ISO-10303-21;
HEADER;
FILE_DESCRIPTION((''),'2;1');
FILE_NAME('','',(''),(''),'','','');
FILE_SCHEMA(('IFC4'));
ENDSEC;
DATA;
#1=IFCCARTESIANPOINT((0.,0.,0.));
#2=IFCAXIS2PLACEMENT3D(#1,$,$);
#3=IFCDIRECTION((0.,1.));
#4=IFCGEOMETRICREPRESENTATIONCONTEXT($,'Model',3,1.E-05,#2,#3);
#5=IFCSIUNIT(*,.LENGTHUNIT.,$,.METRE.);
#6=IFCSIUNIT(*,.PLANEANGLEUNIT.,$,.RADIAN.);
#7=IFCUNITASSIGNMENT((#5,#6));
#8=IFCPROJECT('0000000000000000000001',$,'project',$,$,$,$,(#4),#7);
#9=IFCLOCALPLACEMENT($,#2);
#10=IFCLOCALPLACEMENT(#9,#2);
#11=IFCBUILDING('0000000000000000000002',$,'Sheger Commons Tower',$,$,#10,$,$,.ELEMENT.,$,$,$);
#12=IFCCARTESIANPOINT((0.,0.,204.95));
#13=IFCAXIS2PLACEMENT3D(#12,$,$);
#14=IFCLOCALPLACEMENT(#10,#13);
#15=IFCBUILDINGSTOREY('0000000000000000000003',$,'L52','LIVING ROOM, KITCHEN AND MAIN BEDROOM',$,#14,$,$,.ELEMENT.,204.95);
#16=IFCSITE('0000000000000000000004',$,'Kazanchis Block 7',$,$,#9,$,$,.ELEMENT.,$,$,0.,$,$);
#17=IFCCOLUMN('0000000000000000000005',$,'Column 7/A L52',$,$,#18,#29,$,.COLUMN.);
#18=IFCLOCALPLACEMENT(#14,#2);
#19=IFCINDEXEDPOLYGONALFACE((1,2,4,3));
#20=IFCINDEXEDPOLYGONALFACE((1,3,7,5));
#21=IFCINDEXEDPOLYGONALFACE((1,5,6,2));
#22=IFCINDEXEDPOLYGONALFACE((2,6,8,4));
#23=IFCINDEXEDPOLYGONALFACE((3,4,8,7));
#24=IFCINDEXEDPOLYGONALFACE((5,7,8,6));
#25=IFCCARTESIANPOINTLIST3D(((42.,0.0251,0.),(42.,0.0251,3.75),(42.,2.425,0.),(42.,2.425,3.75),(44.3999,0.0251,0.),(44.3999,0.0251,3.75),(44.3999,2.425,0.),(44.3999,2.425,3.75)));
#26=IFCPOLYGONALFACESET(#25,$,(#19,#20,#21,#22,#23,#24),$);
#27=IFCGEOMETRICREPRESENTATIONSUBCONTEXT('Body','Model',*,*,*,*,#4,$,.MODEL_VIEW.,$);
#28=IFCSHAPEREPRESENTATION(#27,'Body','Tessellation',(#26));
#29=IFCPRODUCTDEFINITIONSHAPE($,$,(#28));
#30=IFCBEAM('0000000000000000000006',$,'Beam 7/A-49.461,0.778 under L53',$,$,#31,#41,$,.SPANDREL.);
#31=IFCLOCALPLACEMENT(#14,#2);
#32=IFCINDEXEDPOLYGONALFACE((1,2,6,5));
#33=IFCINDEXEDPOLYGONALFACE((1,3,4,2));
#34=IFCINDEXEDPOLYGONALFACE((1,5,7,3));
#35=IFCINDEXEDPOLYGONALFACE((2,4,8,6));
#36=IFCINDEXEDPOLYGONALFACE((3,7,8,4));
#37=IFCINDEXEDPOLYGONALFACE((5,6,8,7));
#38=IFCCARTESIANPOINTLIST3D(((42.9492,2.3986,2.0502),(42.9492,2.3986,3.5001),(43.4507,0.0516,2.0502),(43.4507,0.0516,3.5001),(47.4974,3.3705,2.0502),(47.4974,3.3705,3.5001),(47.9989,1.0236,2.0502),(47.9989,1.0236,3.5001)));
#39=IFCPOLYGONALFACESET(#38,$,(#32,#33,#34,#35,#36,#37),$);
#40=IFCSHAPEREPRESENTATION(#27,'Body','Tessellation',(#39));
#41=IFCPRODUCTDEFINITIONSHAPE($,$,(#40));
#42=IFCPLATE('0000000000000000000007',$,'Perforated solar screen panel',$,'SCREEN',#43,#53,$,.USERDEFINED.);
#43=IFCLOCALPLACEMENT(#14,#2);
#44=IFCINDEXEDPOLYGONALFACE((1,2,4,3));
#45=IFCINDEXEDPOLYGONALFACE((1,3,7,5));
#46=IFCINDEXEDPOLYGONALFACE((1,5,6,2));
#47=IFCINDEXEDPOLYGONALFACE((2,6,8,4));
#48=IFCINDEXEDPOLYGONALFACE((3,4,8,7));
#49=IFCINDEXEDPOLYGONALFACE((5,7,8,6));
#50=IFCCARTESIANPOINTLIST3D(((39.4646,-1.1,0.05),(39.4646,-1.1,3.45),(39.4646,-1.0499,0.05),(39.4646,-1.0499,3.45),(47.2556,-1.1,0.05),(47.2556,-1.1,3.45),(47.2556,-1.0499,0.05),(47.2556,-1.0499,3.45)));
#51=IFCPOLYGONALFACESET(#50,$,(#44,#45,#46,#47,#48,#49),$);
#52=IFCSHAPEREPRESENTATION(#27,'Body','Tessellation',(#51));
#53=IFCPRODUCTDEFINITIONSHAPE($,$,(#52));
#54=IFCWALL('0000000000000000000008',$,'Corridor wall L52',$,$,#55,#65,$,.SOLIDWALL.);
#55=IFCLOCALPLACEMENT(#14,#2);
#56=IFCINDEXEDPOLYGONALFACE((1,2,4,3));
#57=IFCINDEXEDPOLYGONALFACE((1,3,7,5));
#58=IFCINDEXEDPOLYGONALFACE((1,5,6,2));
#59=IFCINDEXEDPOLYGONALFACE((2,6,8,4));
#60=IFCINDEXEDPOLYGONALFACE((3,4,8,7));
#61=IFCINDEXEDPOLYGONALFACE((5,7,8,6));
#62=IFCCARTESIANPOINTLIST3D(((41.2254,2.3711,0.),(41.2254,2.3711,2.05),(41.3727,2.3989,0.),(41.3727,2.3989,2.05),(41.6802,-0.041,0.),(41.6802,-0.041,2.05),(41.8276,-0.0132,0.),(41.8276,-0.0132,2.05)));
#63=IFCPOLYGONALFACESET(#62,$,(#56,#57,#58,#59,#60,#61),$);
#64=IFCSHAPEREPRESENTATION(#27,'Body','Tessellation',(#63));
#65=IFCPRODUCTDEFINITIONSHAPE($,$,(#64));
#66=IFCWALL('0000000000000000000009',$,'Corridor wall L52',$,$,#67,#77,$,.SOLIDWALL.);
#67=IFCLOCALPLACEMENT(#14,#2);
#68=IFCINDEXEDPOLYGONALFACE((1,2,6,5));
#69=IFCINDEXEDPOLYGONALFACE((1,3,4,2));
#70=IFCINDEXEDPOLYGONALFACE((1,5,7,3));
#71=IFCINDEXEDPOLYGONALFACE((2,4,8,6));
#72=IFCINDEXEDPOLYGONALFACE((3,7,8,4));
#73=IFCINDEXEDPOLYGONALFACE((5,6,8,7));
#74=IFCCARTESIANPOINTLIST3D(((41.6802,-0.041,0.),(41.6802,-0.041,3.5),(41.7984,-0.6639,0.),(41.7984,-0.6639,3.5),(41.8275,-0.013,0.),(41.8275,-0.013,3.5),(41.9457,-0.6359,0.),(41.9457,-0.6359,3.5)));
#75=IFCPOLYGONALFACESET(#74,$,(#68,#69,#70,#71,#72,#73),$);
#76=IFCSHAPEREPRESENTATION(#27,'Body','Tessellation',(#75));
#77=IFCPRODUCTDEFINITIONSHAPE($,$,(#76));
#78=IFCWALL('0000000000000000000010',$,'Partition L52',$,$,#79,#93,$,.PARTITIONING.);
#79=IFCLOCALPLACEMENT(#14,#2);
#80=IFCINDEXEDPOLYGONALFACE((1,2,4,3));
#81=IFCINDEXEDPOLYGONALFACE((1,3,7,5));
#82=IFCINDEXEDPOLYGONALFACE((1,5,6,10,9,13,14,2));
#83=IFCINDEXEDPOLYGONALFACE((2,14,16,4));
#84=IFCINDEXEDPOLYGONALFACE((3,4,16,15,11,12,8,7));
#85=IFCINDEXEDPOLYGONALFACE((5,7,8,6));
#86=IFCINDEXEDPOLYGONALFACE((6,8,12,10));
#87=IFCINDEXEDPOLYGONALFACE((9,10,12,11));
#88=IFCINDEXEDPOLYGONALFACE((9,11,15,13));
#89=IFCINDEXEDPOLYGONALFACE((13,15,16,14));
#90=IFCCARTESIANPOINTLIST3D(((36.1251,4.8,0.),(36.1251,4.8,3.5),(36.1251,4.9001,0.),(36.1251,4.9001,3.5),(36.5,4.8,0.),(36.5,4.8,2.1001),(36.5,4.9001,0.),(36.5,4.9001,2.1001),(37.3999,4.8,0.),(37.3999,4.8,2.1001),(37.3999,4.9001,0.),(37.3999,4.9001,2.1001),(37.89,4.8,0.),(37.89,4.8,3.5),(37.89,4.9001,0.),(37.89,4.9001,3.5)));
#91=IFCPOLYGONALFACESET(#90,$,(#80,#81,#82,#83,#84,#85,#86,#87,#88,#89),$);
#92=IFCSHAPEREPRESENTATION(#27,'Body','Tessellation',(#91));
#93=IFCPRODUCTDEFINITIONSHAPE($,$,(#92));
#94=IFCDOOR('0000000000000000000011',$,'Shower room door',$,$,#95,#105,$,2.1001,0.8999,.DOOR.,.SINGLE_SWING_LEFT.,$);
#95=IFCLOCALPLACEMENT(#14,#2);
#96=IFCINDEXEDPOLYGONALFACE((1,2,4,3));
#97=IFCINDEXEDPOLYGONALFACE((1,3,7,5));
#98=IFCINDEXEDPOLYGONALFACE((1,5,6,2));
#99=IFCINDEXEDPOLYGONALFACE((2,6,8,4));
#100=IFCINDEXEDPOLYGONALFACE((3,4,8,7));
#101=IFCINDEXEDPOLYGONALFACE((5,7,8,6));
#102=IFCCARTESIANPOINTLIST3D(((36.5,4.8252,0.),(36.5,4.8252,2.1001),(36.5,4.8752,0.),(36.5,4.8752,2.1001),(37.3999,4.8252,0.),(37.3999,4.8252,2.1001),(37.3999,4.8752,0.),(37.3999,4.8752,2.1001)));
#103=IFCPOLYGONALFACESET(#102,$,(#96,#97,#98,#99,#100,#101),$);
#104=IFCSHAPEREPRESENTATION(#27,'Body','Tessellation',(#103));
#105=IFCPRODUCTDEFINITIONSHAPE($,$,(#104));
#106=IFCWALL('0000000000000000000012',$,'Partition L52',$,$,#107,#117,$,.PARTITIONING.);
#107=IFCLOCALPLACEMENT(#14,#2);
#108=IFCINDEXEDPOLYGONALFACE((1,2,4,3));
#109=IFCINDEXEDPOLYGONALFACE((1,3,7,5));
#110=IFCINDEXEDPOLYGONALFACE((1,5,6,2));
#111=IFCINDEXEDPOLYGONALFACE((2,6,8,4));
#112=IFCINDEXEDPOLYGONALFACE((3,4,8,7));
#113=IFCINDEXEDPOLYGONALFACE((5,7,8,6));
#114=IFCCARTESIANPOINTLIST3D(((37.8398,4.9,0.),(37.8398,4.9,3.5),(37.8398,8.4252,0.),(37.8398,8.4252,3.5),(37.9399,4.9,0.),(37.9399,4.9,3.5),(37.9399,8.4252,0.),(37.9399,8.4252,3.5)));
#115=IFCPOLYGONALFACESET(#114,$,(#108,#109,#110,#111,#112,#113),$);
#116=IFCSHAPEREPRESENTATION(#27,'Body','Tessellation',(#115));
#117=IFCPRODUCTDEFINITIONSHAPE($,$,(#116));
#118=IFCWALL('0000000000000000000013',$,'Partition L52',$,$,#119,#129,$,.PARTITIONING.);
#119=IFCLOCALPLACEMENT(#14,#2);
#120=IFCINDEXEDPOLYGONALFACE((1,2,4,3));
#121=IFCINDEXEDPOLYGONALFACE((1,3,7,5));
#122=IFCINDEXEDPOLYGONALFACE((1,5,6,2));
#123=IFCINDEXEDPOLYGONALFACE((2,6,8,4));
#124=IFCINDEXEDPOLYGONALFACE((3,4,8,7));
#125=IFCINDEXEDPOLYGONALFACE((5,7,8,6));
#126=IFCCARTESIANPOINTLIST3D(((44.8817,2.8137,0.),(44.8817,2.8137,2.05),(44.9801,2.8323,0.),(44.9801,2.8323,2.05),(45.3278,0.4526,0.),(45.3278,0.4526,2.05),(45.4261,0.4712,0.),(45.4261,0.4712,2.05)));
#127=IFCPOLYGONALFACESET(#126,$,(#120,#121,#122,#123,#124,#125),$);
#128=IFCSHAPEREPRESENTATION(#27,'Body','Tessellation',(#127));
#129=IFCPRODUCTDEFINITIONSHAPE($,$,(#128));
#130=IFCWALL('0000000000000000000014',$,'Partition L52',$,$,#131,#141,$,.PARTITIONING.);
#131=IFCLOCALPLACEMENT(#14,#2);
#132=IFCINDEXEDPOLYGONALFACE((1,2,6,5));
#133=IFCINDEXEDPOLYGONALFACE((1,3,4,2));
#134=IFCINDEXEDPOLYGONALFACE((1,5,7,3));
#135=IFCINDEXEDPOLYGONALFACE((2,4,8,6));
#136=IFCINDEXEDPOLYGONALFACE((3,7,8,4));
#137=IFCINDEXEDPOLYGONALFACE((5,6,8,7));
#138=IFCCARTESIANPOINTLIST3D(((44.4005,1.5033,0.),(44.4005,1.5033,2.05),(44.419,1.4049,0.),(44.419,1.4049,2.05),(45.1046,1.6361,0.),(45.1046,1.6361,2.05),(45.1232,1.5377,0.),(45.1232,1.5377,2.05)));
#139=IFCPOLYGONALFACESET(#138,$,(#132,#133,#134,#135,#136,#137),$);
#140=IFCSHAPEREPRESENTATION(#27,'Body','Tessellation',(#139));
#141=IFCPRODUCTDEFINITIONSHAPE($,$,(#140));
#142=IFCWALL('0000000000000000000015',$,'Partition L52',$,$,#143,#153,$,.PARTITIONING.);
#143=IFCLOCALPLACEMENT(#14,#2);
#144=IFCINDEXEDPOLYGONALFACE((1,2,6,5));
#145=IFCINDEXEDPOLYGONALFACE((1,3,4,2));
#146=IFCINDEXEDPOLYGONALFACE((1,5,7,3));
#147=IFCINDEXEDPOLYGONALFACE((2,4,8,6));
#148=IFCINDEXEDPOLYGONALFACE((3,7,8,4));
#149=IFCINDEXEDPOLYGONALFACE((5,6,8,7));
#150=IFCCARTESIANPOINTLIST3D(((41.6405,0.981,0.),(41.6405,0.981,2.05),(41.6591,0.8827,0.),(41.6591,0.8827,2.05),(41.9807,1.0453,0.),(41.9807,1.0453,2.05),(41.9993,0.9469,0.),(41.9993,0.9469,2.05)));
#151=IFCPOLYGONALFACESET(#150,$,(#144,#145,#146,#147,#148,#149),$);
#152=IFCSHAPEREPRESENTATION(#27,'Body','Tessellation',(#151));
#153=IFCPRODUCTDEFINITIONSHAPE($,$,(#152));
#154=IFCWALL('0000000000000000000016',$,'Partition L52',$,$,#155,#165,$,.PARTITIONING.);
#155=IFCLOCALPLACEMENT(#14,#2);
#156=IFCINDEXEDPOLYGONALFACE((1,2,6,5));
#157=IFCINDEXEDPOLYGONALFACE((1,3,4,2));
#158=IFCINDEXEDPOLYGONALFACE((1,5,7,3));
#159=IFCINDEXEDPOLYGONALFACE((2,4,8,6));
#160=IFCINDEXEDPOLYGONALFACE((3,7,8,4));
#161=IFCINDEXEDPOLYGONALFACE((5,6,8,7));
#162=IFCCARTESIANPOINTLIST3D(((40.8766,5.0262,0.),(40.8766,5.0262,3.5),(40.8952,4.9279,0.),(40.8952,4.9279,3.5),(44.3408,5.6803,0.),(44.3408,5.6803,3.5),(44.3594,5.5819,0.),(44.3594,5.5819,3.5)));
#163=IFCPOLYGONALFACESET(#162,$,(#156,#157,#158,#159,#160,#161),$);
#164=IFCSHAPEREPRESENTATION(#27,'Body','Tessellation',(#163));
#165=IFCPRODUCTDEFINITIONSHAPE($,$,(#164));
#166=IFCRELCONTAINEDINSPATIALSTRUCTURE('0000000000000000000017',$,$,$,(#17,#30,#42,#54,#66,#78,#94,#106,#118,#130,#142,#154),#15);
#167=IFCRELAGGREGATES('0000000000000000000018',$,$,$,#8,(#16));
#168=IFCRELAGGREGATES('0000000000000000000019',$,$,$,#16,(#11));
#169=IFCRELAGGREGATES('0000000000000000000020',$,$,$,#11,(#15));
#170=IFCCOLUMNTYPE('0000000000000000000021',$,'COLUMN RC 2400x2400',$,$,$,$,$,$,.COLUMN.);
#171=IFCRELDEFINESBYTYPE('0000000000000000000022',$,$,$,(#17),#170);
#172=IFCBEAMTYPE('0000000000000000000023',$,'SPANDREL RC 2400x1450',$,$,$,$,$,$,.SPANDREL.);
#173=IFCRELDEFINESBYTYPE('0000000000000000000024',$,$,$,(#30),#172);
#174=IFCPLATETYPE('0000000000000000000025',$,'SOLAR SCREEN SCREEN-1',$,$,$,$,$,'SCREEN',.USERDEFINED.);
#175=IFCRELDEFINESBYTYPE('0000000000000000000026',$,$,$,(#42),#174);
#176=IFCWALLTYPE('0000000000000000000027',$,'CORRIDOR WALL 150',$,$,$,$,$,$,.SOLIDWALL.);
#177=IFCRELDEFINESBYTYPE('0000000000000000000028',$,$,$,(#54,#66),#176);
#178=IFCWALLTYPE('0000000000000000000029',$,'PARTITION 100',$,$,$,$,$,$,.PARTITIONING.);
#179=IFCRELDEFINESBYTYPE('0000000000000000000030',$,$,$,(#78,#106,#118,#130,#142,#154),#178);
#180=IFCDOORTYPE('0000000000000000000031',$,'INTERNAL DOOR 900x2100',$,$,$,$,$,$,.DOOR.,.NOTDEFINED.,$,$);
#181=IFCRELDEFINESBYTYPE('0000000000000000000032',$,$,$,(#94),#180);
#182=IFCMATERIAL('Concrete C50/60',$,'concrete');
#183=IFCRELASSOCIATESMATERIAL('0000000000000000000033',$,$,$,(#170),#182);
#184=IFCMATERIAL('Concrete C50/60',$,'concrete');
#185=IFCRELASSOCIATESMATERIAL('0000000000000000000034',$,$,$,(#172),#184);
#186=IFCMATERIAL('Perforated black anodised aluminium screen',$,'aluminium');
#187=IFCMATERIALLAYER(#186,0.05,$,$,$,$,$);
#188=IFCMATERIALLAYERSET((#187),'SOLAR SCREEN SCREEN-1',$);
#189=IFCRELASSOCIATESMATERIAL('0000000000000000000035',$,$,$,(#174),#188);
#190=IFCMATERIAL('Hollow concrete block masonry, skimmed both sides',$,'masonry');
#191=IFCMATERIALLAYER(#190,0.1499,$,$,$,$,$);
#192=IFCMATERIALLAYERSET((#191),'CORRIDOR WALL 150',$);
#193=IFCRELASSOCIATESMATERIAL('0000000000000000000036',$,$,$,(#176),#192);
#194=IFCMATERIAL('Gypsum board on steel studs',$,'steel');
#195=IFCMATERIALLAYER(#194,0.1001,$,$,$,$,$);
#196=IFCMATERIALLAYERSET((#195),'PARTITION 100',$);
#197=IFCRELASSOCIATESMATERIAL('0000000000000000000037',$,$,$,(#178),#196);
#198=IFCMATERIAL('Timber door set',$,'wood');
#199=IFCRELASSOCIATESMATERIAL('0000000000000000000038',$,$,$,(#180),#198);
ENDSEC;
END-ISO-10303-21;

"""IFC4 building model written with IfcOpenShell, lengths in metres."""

from ifc_helpers import new_model, si_unit, direction, frame, frame_2d, origin, origin_2d, place, context, subcontext, project, spatial, rectangle, extrude, material, layer, layer_set, material_profile, profile_set, type_object, element, fill, save


model = new_model("IFC4")

# Units and contexts
model_context = context("Model", 3, precision=1e-05, world=origin(), true_north=direction((0.0, 1.0)))
body_context = subcontext(model_context, "Body", "Model", "MODEL_VIEW")
ifc_project = project(units=[si_unit("LENGTHUNIT", "METRE"), si_unit("PLANEANGLEUNIT", "RADIAN")], contexts=[model_context])

# Site, building, storey
site_placement = place(None, origin())
site = spatial("IfcSite", under=ifc_project, at=site_placement, Name="Kazanchis Block 7", CompositionType="ELEMENT", RefElevation=0.0)
building_placement = place(site_placement, origin())
building = spatial("IfcBuilding", under=site, at=building_placement, Name="Sheger Commons Tower", CompositionType="ELEMENT")
storey_placement = place(building_placement, frame((0.0, 0.0, 204.95)))
storey = spatial("IfcBuildingStorey", under=building, at=storey_placement, Name="L52", Description="LIVING ROOM, KITCHEN AND MAIN BEDROOM", CompositionType="ELEMENT", Elevation=204.95)

# Column
ifc_material_1 = material(Name="Concrete C50/60", Category="concrete")
ifc_material_profile_1 = material_profile(ifc_material_1, rectangle(XDim=2.3999, YDim=2.3999, at=origin_2d()), Name="RC 2400x2400")
ifc_profile_set_1 = profile_set([ifc_material_profile_1], Name="Concrete C50/60")
column_type = type_object("IfcColumnType", Name="COLUMN RC 2400x2400", PredefinedType="COLUMN", material=ifc_profile_set_1)
column_placement = place(storey_placement, frame((43.2, 1.2251, 0.0), z_axis=(0.0, 0.0, 1.0), x_axis=(1.0, 0.0, 0.0)))
element("IfcColumn", 1, at=column_placement, inside=storey, type_object=column_type, Name="Column 7/A L52", PredefinedType="COLUMN", context=body_context, shape_type="SweptSolid", body=[
    extrude(rectangle(XDim=2.3999, YDim=2.3999, at=origin_2d()), origin(), (0.0, 0.0, 1.0), 3.75),
])

# Beam
ifc_material_2 = material(Name="Concrete C50/60", Category="concrete")
ifc_material_profile_2 = material_profile(ifc_material_2, rectangle(XDim=2.3999, YDim=1.45, at=origin_2d()), Name="RC 2400x1450")
ifc_profile_set_2 = profile_set([ifc_material_profile_2], Name="Concrete C50/60")
beam_type = type_object("IfcBeamType", Name="SPANDREL RC 2400x1450", PredefinedType="SPANDREL", material=ifc_profile_set_2)
beam_placement = place(storey_placement, frame((43.2, 1.2251, 2.7751), z_axis=(0.97792, 0.208981, 0.0), x_axis=(-0.208981, 0.97792, 0.0)))
element("IfcBeam", 2, at=beam_placement, inside=storey, type_object=beam_type, Name="Beam 7/A-49.461,0.778 under L53", PredefinedType="SPANDREL", context=body_context, shape_type="SweptSolid", body=[
    extrude(rectangle(XDim=2.3999, YDim=1.45, at=origin_2d()), origin(), (0.0, 0.0, 1.0), 4.6509),
])

# Plate
ifc_material_3 = material(Name="Perforated black anodised aluminium screen", Category="aluminium")
ifc_layer_1 = layer(ifc_material_3, 0.05)
ifc_layer_set_1 = layer_set([ifc_layer_1], Name="SOLAR SCREEN SCREEN-1")
plate_type = type_object("IfcPlateType", Name="SOLAR SCREEN SCREEN-1", ElementType="SCREEN", PredefinedType="USERDEFINED", material=ifc_layer_set_1)
plate_placement = place(storey_placement, frame((43.3601, -1.075, 0.05), z_axis=(0.0, 0.0, 1.0), x_axis=(1.0, 0.0, 0.0)))
element("IfcPlate", 3, at=plate_placement, inside=storey, type_object=plate_type, Name="Perforated solar screen panel", ObjectType="SCREEN", PredefinedType="USERDEFINED", context=body_context, shape_type="SweptSolid", body=[
    extrude(rectangle(XDim=7.791, YDim=0.05, at=origin_2d()), origin(), (0.0, 0.0, 1.0), 3.3999),
])

# Walls
ifc_material_4 = material(Name="Hollow concrete block masonry, skimmed both sides", Category="masonry")
ifc_layer_2 = layer(ifc_material_4, 0.1499)
ifc_layer_set_2 = layer_set([ifc_layer_2], Name="CORRIDOR WALL 150")
wall_type_1 = type_object("IfcWallType", Name="CORRIDOR WALL 150", PredefinedType="SOLIDWALL", material=ifc_layer_set_2)
wall_1_placement = place(storey_placement, frame((41.2991, 2.385, 0.0), z_axis=(0.0, 0.0, 1.0), x_axis=(0.185297, -0.982683, 0.0)))
element("IfcWall", 4, at=wall_1_placement, inside=storey, type_object=wall_type_1, Name="Corridor wall L52", PredefinedType="SOLIDWALL", context=body_context, shape_type="SweptSolid", body=[
    extrude(rectangle(XDim=2.4546, YDim=0.1499, at=frame_2d((1.2273, 0.0))), origin(), (0.0, 0.0, 1.0), 2.05),
])
wall_2_placement = place(storey_placement, frame((41.7539, -0.0271, 0.0), z_axis=(0.0, 0.0, 1.0), x_axis=(0.186404, -0.982473, 0.0)))
element("IfcWall", 5, at=wall_2_placement, inside=storey, type_object=wall_type_1, Name="Corridor wall L52", PredefinedType="SOLIDWALL", context=body_context, shape_type="SweptSolid", body=[
    extrude(rectangle(XDim=0.634, YDim=0.1499, at=frame_2d((0.3169, 0.0))), origin(), (0.0, 0.0, 1.0), 3.5),
])

# Wall, opening, door
ifc_material_5 = material(Name="Gypsum board on steel studs", Category="steel")
ifc_layer_3 = layer(ifc_material_5, 0.1001)
ifc_layer_set_3 = layer_set([ifc_layer_3], Name="PARTITION 100")
wall_type_2 = type_object("IfcWallType", Name="PARTITION 100", PredefinedType="PARTITIONING", material=ifc_layer_set_3)
wall_3_placement = place(storey_placement, frame((37.8899, 4.8501, 0.0), z_axis=(0.0, 0.0, 1.0), x_axis=(-1.0, 0.0, 0.0)))
wall_3 = element("IfcWall", 6, at=wall_3_placement, inside=storey, type_object=wall_type_2, Name="Partition L52", PredefinedType="PARTITIONING", context=body_context, shape_type="SweptSolid", body=[
    extrude(rectangle(XDim=1.7649, YDim=0.1001, at=frame_2d((0.8823, 0.0))), origin(), (0.0, 0.0, 1.0), 3.5),
])
opening_1_placement = place(wall_3_placement, frame((0.49, 0.0, 0.0)))
opening_1 = element("IfcOpeningElement", 7, at=opening_1_placement, cuts=wall_3, PredefinedType="OPENING", context=body_context, shape_type="SweptSolid", body=[
    extrude(rectangle(XDim=0.8999, YDim=2.1001, at=frame_2d((0.45, 1.05))), frame((0.0, 0.0601, 0.0), z_axis=(0.0, -1.0, 0.0), x_axis=(1.0, 0.0, 0.0)), (0.0, 0.0, 1.0), 0.1201),
])
ifc_material_6 = material(Name="Timber door set", Category="wood")
door_type = type_object("IfcDoorType", Name="INTERNAL DOOR 900x2100", OperationType="NOTDEFINED", PredefinedType="DOOR", material=ifc_material_6)
door_1_placement = place(opening_1_placement, origin())
door_1 = element("IfcDoor", 8, at=door_1_placement, inside=storey, type_object=door_type, Name="Shower room door", OperationType="SINGLE_SWING_LEFT", OverallHeight=2.1001, OverallWidth=0.8999, PredefinedType="DOOR", context=body_context, shape_type="SweptSolid", body=[
    extrude(rectangle(XDim=0.8999, YDim=2.1001, at=frame_2d((0.45, 1.05))), frame((0.0, 0.0249, 0.0), z_axis=(0.0, -1.0, 0.0), x_axis=(1.0, 0.0, 0.0)), (0.0, 0.0, 1.0), 0.05),
])
fill(opening_1, door_1)

# Walls
wall_4_placement = place(storey_placement, frame((37.8899, 4.8999, 0.0), z_axis=(0.0, 0.0, 1.0), x_axis=(0.0, 1.0, 0.0)))
element("IfcWall", 9, at=wall_4_placement, inside=storey, type_object=wall_type_2, Name="Partition L52", PredefinedType="PARTITIONING", context=body_context, shape_type="SweptSolid", body=[
    extrude(rectangle(XDim=3.5251, YDim=0.1001, at=frame_2d((1.7627, 0.0))), origin(), (0.0, 0.0, 1.0), 3.5),
])
wall_5_placement = place(storey_placement, frame((44.9309, 2.823, 0.0), z_axis=(0.0, 0.0, 1.0), x_axis=(0.185632, -0.982619, 0.0)))
element("IfcWall", 10, at=wall_5_placement, inside=storey, type_object=wall_type_2, Name="Partition L52", PredefinedType="PARTITIONING", context=body_context, shape_type="SweptSolid", body=[
    extrude(rectangle(XDim=2.4028, YDim=0.1001, at=frame_2d((1.2014, 0.0))), origin(), (0.0, 0.0, 1.0), 2.05),
])
wall_6_placement = place(storey_placement, frame((45.114, 1.5869, 0.0), z_axis=(0.0, 0.0, 1.0), x_axis=(-0.982671, -0.185358, 0.0)))
element("IfcWall", 11, at=wall_6_placement, inside=storey, type_object=wall_type_2, Name="Partition L52", PredefinedType="PARTITIONING", context=body_context, shape_type="SweptSolid", body=[
    extrude(rectangle(XDim=0.7166, YDim=0.1001, at=frame_2d((0.3584, 0.0))), origin(), (0.0, 0.0, 1.0), 2.05),
])
wall_7_placement = place(storey_placement, frame((41.99, 0.9961, 0.0), z_axis=(0.0, 0.0, 1.0), x_axis=(-0.98264, -0.185524, 0.0)))
element("IfcWall", 12, at=wall_7_placement, inside=storey, type_object=wall_type_2, Name="Partition L52", PredefinedType="PARTITIONING", context=body_context, shape_type="SweptSolid", body=[
    extrude(rectangle(XDim=0.3462, YDim=0.1001, at=frame_2d((0.1731, 0.0))), origin(), (0.0, 0.0, 1.0), 2.05),
])
wall_8_placement = place(storey_placement, frame((44.3501, 5.6311, 0.0), z_axis=(0.0, 0.0, 1.0), x_axis=(-0.982639, -0.18553, 0.0)))
element("IfcWall", 13, at=wall_8_placement, inside=storey, type_object=wall_type_2, Name="Partition L52", PredefinedType="PARTITIONING", context=body_context, shape_type="SweptSolid", body=[
    extrude(rectangle(XDim=3.5254, YDim=0.1001, at=frame_2d((1.7627, 0.0))), origin(), (0.0, 0.0, 1.0), 3.5),
])

save(model, "model.ifc")
